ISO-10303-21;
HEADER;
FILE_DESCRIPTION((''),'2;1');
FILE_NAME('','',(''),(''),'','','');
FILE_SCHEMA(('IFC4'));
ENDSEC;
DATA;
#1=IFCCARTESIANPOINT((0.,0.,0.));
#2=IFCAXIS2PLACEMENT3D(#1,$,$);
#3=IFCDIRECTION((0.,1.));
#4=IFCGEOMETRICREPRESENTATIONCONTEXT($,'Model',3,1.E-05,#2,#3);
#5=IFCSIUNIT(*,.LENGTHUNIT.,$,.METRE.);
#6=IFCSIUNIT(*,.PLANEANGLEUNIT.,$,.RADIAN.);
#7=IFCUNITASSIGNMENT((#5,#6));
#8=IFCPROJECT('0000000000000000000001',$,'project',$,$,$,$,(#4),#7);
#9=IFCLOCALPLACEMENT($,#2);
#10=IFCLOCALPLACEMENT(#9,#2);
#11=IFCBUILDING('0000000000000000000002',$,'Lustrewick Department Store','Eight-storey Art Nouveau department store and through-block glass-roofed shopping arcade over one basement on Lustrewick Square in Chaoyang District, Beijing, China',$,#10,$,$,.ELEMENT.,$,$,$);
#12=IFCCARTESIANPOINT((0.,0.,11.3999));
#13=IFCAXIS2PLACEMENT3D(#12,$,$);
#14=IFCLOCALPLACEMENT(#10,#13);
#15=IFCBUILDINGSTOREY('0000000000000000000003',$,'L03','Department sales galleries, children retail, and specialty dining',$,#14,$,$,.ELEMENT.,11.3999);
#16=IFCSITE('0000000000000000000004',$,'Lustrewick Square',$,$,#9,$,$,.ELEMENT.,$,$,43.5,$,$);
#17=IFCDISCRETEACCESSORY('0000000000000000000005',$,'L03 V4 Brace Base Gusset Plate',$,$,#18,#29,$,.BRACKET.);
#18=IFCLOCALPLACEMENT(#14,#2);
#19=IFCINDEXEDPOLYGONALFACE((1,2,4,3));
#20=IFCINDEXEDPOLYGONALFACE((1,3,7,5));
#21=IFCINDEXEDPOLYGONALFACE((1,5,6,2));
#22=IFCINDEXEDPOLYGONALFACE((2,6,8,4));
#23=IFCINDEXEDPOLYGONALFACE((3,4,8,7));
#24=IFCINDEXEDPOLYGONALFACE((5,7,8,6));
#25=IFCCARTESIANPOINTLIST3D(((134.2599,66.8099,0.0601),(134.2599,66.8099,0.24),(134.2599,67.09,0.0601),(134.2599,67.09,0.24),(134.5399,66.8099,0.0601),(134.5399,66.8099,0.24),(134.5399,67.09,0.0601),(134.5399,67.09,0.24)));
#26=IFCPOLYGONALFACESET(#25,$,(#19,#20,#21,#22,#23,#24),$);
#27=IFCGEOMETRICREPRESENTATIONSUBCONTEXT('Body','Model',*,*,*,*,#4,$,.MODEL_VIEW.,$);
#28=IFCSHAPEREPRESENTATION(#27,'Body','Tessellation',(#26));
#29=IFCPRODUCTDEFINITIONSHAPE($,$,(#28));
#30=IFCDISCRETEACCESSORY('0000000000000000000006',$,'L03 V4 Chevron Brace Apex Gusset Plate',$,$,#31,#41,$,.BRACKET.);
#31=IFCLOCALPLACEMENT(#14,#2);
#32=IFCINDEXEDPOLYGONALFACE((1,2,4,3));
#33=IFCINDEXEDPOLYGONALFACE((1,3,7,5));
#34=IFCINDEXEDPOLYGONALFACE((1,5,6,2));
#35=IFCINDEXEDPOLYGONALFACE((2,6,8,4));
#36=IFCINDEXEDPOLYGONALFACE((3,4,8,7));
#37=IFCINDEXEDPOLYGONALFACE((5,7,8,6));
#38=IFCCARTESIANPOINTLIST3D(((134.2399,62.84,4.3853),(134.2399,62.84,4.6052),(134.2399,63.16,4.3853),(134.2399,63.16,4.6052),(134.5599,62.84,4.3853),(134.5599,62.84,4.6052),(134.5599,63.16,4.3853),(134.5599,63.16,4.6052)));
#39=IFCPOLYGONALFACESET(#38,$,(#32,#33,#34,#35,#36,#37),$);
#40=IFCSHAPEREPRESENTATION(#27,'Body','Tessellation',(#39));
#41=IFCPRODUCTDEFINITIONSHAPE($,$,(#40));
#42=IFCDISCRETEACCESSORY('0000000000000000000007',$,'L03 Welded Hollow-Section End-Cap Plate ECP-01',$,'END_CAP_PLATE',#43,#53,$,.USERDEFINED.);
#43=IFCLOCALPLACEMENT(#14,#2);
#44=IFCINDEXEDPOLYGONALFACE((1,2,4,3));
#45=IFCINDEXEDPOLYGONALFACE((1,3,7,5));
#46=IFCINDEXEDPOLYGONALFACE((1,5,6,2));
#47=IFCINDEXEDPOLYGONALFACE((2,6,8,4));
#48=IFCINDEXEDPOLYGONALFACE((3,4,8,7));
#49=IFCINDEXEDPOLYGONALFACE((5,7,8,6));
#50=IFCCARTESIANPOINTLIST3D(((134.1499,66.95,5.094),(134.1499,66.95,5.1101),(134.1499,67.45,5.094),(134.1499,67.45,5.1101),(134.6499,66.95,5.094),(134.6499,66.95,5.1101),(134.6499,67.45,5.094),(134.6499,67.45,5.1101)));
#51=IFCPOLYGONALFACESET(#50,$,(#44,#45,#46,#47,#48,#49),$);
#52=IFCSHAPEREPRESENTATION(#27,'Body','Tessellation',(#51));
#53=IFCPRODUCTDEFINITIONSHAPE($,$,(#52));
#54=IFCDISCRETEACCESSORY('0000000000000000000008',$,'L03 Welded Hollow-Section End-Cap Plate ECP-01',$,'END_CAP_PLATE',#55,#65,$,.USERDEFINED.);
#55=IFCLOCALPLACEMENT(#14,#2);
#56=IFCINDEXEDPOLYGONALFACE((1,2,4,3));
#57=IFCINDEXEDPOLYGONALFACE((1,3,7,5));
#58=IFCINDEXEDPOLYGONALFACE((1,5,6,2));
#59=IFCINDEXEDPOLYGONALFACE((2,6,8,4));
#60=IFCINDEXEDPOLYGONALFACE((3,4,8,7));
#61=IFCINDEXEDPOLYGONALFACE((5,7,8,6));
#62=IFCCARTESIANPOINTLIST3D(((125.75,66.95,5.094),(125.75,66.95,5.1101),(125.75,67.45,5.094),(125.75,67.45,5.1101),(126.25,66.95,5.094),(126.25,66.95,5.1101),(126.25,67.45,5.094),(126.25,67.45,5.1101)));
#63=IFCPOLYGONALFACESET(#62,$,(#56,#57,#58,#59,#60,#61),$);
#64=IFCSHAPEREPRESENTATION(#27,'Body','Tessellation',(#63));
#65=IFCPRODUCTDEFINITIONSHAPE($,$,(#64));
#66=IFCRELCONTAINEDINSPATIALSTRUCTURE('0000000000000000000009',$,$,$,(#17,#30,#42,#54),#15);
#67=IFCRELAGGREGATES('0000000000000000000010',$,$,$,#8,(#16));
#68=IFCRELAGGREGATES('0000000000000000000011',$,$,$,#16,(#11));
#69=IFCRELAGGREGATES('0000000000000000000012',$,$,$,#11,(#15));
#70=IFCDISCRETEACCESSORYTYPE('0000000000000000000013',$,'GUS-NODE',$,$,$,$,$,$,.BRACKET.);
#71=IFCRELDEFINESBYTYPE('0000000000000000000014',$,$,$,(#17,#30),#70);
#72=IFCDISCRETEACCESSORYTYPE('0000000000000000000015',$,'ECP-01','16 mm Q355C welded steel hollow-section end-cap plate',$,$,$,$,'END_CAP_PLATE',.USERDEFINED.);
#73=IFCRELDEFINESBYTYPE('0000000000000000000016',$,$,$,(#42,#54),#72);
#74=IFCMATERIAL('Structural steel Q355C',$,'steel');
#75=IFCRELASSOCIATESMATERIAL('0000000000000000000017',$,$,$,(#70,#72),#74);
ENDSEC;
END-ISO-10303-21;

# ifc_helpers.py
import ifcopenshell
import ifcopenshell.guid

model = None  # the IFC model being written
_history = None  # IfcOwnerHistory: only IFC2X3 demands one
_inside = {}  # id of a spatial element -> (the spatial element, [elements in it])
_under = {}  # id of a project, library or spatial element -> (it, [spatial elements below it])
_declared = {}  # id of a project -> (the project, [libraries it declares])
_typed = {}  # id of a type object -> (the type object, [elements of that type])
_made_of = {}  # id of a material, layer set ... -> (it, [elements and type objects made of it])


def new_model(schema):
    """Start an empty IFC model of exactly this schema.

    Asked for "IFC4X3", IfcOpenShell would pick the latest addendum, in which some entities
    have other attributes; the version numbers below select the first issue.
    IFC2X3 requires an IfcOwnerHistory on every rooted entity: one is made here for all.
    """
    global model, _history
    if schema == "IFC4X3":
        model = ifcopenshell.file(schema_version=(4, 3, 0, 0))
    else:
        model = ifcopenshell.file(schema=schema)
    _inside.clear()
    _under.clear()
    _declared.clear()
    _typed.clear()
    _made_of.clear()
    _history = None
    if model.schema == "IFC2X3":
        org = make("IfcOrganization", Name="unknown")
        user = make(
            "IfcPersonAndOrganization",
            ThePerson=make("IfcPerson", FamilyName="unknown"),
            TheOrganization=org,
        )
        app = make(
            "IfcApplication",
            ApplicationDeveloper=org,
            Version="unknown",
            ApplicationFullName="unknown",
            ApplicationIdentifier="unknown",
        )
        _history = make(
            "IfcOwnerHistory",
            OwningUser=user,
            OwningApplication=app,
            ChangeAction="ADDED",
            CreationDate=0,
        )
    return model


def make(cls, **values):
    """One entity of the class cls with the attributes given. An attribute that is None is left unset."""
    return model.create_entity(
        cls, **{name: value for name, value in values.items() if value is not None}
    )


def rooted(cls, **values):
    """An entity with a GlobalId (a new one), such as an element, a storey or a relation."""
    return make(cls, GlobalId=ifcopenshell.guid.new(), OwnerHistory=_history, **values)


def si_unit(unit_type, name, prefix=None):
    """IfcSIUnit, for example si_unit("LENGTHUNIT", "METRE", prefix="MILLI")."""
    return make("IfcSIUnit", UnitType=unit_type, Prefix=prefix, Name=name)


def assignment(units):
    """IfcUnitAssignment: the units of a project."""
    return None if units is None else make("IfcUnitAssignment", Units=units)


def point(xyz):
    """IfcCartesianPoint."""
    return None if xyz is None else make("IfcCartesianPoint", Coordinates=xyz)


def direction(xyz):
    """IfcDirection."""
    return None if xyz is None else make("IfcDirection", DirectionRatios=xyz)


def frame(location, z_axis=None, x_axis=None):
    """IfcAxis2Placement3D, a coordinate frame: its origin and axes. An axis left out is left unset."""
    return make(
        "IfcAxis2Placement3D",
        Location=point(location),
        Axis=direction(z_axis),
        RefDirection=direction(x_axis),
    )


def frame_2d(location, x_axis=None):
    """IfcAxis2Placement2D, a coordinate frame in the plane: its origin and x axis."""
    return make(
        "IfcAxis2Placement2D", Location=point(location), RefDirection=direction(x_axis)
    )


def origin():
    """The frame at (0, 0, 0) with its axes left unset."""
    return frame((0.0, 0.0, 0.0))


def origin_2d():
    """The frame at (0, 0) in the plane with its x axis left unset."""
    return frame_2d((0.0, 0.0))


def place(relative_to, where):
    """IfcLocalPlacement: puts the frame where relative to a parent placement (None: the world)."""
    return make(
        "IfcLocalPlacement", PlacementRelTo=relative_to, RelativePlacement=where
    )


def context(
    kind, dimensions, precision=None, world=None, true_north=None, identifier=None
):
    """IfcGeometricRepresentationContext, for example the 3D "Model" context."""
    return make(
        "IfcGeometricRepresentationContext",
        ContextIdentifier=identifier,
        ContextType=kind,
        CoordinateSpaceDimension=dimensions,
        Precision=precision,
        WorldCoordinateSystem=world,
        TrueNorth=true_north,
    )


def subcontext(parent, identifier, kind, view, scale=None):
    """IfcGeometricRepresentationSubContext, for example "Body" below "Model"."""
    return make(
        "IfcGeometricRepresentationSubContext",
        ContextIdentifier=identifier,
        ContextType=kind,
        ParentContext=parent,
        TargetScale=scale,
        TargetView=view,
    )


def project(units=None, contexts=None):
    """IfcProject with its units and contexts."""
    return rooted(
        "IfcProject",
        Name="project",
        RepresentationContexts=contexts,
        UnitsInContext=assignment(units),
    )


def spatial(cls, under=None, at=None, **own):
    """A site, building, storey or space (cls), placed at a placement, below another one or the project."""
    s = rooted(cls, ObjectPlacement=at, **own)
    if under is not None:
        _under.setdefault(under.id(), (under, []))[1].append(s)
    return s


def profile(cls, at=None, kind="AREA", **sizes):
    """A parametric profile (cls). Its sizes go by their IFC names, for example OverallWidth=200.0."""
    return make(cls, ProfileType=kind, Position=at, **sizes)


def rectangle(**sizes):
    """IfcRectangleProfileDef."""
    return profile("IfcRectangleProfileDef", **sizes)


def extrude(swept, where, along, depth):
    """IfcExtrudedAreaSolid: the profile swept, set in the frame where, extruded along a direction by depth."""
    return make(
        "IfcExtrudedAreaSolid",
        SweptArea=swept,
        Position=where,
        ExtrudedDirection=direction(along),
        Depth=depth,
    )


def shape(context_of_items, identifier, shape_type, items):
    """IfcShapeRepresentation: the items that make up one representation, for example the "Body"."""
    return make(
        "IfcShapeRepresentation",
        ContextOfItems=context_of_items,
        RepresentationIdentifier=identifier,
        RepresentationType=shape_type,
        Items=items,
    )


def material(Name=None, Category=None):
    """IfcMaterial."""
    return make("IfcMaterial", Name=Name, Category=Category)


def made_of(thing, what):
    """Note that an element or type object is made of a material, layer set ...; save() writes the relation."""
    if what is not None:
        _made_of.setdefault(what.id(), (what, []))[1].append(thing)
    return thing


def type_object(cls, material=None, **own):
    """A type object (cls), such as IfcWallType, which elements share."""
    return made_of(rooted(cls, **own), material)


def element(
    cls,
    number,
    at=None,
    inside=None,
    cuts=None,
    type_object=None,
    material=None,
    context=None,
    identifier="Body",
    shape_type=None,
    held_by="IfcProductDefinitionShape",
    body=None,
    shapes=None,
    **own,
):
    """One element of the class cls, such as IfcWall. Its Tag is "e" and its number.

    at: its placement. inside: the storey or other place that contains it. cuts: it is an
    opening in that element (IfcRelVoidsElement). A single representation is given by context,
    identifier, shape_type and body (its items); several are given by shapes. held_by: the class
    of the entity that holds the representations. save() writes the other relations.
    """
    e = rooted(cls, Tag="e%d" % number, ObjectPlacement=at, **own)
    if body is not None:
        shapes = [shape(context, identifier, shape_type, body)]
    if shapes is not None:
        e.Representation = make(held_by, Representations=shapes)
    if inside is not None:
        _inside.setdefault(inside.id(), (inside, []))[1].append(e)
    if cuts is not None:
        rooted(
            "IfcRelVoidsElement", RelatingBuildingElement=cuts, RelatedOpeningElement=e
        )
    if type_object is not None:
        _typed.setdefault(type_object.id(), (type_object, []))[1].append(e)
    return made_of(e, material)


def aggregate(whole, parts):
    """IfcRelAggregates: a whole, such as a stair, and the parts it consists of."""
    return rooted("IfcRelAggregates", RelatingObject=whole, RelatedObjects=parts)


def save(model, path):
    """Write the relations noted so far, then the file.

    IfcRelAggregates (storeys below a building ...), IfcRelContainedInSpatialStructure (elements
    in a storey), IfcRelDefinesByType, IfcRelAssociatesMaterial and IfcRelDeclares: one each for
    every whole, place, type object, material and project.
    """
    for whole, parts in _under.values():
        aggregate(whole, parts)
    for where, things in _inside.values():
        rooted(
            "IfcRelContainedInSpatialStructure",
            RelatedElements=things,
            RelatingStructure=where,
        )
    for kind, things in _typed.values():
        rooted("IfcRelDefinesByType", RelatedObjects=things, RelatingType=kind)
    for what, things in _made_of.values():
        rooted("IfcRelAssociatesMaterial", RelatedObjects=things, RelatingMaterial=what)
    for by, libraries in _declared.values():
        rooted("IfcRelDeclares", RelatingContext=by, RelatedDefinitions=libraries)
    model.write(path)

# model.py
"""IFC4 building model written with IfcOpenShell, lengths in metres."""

from ifc_helpers import new_model, si_unit, direction, frame, origin, origin_2d, place, context, subcontext, project, spatial, rectangle, extrude, material, type_object, element, save


model = new_model("IFC4")

# Units and contexts
model_context = context("Model", 3, precision=1e-05, world=origin(), true_north=direction((0.0, 1.0)))
body_context = subcontext(model_context, "Body", "Model", "MODEL_VIEW")
ifc_project = project(units=[si_unit("LENGTHUNIT", "METRE"), si_unit("PLANEANGLEUNIT", "RADIAN")], contexts=[model_context])

# Site, building, storey
site_placement = place(None, origin())
site = spatial("IfcSite", under=ifc_project, at=site_placement, Name="Lustrewick Square", CompositionType="ELEMENT", RefElevation=43.5)
building_placement = place(site_placement, origin())
building = spatial("IfcBuilding", under=site, at=building_placement, Name="Lustrewick Department Store", Description="Eight-storey Art Nouveau department store and through-block glass-roofed shopping arcade over one basement on Lustrewick Square in Chaoyang District, Beijing, China", CompositionType="ELEMENT")
storey_placement = place(building_placement, frame((0.0, 0.0, 11.3999)))
storey = spatial("IfcBuildingStorey", under=building, at=storey_placement, Name="L03", Description="Department sales galleries, children retail, and specialty dining", CompositionType="ELEMENT", Elevation=11.3999)

# Shared definitions
ifc_material_1 = material(Name="Structural steel Q355C", Category="steel")

# Discrete accessories
discrete_accessory_type_1 = type_object("IfcDiscreteAccessoryType", Name="GUS-NODE", PredefinedType="BRACKET", material=ifc_material_1)
discrete_accessory_1_placement = place(storey_placement, frame((134.3999, 66.95, 0.0601), z_axis=(0.0, 0.0, 1.0), x_axis=(1.0, 0.0, 0.0)))
element("IfcDiscreteAccessory", 1, at=discrete_accessory_1_placement, inside=storey, type_object=discrete_accessory_type_1, Name="L03 V4 Brace Base Gusset Plate", PredefinedType="BRACKET", context=body_context, shape_type="SweptSolid", body=[
    extrude(rectangle(XDim=0.28, YDim=0.28, at=origin_2d()), origin(), (0.0, 0.0, 1.0), 0.1799),
])
discrete_accessory_2_placement = place(storey_placement, frame((134.3999, 63.0, 4.3853), z_axis=(0.0, 0.0, 1.0), x_axis=(1.0, 0.0, 0.0)))
element("IfcDiscreteAccessory", 2, at=discrete_accessory_2_placement, inside=storey, type_object=discrete_accessory_type_1, Name="L03 V4 Chevron Brace Apex Gusset Plate", PredefinedType="BRACKET", context=body_context, shape_type="SweptSolid", body=[
    extrude(rectangle(XDim=0.3201, YDim=0.3201, at=origin_2d()), origin(), (0.0, 0.0, 1.0), 0.22),
])
discrete_accessory_type_2 = type_object("IfcDiscreteAccessoryType", Name="ECP-01", Description="16 mm Q355C welded steel hollow-section end-cap plate", ElementType="END_CAP_PLATE", PredefinedType="USERDEFINED", material=ifc_material_1)
for number, where, z_axis, x_axis, name in (
    (3, (134.3999, 67.2, 5.094), (0.0, 0.0, 1.0), (1.0, 0.0, 0.0), "L03 Welded Hollow-Section End-Cap Plate ECP-01"),
    (4, (126.0, 67.2, 5.094), (0.0, 0.0, 1.0), (1.0, 0.0, 0.0), "L03 Welded Hollow-Section End-Cap Plate ECP-01"),
):
    element("IfcDiscreteAccessory", number, at=place(storey_placement, frame(where, z_axis=z_axis, x_axis=x_axis)), inside=storey, type_object=discrete_accessory_type_2, Name=name, ObjectType="END_CAP_PLATE", PredefinedType="USERDEFINED", context=body_context, shape_type="SweptSolid", body=[
        extrude(rectangle(XDim=0.5, YDim=0.5, at=origin_2d()), origin(), (0.0, 0.0, 1.0), 0.0161),
    ])

save(model, "model.ifc")
